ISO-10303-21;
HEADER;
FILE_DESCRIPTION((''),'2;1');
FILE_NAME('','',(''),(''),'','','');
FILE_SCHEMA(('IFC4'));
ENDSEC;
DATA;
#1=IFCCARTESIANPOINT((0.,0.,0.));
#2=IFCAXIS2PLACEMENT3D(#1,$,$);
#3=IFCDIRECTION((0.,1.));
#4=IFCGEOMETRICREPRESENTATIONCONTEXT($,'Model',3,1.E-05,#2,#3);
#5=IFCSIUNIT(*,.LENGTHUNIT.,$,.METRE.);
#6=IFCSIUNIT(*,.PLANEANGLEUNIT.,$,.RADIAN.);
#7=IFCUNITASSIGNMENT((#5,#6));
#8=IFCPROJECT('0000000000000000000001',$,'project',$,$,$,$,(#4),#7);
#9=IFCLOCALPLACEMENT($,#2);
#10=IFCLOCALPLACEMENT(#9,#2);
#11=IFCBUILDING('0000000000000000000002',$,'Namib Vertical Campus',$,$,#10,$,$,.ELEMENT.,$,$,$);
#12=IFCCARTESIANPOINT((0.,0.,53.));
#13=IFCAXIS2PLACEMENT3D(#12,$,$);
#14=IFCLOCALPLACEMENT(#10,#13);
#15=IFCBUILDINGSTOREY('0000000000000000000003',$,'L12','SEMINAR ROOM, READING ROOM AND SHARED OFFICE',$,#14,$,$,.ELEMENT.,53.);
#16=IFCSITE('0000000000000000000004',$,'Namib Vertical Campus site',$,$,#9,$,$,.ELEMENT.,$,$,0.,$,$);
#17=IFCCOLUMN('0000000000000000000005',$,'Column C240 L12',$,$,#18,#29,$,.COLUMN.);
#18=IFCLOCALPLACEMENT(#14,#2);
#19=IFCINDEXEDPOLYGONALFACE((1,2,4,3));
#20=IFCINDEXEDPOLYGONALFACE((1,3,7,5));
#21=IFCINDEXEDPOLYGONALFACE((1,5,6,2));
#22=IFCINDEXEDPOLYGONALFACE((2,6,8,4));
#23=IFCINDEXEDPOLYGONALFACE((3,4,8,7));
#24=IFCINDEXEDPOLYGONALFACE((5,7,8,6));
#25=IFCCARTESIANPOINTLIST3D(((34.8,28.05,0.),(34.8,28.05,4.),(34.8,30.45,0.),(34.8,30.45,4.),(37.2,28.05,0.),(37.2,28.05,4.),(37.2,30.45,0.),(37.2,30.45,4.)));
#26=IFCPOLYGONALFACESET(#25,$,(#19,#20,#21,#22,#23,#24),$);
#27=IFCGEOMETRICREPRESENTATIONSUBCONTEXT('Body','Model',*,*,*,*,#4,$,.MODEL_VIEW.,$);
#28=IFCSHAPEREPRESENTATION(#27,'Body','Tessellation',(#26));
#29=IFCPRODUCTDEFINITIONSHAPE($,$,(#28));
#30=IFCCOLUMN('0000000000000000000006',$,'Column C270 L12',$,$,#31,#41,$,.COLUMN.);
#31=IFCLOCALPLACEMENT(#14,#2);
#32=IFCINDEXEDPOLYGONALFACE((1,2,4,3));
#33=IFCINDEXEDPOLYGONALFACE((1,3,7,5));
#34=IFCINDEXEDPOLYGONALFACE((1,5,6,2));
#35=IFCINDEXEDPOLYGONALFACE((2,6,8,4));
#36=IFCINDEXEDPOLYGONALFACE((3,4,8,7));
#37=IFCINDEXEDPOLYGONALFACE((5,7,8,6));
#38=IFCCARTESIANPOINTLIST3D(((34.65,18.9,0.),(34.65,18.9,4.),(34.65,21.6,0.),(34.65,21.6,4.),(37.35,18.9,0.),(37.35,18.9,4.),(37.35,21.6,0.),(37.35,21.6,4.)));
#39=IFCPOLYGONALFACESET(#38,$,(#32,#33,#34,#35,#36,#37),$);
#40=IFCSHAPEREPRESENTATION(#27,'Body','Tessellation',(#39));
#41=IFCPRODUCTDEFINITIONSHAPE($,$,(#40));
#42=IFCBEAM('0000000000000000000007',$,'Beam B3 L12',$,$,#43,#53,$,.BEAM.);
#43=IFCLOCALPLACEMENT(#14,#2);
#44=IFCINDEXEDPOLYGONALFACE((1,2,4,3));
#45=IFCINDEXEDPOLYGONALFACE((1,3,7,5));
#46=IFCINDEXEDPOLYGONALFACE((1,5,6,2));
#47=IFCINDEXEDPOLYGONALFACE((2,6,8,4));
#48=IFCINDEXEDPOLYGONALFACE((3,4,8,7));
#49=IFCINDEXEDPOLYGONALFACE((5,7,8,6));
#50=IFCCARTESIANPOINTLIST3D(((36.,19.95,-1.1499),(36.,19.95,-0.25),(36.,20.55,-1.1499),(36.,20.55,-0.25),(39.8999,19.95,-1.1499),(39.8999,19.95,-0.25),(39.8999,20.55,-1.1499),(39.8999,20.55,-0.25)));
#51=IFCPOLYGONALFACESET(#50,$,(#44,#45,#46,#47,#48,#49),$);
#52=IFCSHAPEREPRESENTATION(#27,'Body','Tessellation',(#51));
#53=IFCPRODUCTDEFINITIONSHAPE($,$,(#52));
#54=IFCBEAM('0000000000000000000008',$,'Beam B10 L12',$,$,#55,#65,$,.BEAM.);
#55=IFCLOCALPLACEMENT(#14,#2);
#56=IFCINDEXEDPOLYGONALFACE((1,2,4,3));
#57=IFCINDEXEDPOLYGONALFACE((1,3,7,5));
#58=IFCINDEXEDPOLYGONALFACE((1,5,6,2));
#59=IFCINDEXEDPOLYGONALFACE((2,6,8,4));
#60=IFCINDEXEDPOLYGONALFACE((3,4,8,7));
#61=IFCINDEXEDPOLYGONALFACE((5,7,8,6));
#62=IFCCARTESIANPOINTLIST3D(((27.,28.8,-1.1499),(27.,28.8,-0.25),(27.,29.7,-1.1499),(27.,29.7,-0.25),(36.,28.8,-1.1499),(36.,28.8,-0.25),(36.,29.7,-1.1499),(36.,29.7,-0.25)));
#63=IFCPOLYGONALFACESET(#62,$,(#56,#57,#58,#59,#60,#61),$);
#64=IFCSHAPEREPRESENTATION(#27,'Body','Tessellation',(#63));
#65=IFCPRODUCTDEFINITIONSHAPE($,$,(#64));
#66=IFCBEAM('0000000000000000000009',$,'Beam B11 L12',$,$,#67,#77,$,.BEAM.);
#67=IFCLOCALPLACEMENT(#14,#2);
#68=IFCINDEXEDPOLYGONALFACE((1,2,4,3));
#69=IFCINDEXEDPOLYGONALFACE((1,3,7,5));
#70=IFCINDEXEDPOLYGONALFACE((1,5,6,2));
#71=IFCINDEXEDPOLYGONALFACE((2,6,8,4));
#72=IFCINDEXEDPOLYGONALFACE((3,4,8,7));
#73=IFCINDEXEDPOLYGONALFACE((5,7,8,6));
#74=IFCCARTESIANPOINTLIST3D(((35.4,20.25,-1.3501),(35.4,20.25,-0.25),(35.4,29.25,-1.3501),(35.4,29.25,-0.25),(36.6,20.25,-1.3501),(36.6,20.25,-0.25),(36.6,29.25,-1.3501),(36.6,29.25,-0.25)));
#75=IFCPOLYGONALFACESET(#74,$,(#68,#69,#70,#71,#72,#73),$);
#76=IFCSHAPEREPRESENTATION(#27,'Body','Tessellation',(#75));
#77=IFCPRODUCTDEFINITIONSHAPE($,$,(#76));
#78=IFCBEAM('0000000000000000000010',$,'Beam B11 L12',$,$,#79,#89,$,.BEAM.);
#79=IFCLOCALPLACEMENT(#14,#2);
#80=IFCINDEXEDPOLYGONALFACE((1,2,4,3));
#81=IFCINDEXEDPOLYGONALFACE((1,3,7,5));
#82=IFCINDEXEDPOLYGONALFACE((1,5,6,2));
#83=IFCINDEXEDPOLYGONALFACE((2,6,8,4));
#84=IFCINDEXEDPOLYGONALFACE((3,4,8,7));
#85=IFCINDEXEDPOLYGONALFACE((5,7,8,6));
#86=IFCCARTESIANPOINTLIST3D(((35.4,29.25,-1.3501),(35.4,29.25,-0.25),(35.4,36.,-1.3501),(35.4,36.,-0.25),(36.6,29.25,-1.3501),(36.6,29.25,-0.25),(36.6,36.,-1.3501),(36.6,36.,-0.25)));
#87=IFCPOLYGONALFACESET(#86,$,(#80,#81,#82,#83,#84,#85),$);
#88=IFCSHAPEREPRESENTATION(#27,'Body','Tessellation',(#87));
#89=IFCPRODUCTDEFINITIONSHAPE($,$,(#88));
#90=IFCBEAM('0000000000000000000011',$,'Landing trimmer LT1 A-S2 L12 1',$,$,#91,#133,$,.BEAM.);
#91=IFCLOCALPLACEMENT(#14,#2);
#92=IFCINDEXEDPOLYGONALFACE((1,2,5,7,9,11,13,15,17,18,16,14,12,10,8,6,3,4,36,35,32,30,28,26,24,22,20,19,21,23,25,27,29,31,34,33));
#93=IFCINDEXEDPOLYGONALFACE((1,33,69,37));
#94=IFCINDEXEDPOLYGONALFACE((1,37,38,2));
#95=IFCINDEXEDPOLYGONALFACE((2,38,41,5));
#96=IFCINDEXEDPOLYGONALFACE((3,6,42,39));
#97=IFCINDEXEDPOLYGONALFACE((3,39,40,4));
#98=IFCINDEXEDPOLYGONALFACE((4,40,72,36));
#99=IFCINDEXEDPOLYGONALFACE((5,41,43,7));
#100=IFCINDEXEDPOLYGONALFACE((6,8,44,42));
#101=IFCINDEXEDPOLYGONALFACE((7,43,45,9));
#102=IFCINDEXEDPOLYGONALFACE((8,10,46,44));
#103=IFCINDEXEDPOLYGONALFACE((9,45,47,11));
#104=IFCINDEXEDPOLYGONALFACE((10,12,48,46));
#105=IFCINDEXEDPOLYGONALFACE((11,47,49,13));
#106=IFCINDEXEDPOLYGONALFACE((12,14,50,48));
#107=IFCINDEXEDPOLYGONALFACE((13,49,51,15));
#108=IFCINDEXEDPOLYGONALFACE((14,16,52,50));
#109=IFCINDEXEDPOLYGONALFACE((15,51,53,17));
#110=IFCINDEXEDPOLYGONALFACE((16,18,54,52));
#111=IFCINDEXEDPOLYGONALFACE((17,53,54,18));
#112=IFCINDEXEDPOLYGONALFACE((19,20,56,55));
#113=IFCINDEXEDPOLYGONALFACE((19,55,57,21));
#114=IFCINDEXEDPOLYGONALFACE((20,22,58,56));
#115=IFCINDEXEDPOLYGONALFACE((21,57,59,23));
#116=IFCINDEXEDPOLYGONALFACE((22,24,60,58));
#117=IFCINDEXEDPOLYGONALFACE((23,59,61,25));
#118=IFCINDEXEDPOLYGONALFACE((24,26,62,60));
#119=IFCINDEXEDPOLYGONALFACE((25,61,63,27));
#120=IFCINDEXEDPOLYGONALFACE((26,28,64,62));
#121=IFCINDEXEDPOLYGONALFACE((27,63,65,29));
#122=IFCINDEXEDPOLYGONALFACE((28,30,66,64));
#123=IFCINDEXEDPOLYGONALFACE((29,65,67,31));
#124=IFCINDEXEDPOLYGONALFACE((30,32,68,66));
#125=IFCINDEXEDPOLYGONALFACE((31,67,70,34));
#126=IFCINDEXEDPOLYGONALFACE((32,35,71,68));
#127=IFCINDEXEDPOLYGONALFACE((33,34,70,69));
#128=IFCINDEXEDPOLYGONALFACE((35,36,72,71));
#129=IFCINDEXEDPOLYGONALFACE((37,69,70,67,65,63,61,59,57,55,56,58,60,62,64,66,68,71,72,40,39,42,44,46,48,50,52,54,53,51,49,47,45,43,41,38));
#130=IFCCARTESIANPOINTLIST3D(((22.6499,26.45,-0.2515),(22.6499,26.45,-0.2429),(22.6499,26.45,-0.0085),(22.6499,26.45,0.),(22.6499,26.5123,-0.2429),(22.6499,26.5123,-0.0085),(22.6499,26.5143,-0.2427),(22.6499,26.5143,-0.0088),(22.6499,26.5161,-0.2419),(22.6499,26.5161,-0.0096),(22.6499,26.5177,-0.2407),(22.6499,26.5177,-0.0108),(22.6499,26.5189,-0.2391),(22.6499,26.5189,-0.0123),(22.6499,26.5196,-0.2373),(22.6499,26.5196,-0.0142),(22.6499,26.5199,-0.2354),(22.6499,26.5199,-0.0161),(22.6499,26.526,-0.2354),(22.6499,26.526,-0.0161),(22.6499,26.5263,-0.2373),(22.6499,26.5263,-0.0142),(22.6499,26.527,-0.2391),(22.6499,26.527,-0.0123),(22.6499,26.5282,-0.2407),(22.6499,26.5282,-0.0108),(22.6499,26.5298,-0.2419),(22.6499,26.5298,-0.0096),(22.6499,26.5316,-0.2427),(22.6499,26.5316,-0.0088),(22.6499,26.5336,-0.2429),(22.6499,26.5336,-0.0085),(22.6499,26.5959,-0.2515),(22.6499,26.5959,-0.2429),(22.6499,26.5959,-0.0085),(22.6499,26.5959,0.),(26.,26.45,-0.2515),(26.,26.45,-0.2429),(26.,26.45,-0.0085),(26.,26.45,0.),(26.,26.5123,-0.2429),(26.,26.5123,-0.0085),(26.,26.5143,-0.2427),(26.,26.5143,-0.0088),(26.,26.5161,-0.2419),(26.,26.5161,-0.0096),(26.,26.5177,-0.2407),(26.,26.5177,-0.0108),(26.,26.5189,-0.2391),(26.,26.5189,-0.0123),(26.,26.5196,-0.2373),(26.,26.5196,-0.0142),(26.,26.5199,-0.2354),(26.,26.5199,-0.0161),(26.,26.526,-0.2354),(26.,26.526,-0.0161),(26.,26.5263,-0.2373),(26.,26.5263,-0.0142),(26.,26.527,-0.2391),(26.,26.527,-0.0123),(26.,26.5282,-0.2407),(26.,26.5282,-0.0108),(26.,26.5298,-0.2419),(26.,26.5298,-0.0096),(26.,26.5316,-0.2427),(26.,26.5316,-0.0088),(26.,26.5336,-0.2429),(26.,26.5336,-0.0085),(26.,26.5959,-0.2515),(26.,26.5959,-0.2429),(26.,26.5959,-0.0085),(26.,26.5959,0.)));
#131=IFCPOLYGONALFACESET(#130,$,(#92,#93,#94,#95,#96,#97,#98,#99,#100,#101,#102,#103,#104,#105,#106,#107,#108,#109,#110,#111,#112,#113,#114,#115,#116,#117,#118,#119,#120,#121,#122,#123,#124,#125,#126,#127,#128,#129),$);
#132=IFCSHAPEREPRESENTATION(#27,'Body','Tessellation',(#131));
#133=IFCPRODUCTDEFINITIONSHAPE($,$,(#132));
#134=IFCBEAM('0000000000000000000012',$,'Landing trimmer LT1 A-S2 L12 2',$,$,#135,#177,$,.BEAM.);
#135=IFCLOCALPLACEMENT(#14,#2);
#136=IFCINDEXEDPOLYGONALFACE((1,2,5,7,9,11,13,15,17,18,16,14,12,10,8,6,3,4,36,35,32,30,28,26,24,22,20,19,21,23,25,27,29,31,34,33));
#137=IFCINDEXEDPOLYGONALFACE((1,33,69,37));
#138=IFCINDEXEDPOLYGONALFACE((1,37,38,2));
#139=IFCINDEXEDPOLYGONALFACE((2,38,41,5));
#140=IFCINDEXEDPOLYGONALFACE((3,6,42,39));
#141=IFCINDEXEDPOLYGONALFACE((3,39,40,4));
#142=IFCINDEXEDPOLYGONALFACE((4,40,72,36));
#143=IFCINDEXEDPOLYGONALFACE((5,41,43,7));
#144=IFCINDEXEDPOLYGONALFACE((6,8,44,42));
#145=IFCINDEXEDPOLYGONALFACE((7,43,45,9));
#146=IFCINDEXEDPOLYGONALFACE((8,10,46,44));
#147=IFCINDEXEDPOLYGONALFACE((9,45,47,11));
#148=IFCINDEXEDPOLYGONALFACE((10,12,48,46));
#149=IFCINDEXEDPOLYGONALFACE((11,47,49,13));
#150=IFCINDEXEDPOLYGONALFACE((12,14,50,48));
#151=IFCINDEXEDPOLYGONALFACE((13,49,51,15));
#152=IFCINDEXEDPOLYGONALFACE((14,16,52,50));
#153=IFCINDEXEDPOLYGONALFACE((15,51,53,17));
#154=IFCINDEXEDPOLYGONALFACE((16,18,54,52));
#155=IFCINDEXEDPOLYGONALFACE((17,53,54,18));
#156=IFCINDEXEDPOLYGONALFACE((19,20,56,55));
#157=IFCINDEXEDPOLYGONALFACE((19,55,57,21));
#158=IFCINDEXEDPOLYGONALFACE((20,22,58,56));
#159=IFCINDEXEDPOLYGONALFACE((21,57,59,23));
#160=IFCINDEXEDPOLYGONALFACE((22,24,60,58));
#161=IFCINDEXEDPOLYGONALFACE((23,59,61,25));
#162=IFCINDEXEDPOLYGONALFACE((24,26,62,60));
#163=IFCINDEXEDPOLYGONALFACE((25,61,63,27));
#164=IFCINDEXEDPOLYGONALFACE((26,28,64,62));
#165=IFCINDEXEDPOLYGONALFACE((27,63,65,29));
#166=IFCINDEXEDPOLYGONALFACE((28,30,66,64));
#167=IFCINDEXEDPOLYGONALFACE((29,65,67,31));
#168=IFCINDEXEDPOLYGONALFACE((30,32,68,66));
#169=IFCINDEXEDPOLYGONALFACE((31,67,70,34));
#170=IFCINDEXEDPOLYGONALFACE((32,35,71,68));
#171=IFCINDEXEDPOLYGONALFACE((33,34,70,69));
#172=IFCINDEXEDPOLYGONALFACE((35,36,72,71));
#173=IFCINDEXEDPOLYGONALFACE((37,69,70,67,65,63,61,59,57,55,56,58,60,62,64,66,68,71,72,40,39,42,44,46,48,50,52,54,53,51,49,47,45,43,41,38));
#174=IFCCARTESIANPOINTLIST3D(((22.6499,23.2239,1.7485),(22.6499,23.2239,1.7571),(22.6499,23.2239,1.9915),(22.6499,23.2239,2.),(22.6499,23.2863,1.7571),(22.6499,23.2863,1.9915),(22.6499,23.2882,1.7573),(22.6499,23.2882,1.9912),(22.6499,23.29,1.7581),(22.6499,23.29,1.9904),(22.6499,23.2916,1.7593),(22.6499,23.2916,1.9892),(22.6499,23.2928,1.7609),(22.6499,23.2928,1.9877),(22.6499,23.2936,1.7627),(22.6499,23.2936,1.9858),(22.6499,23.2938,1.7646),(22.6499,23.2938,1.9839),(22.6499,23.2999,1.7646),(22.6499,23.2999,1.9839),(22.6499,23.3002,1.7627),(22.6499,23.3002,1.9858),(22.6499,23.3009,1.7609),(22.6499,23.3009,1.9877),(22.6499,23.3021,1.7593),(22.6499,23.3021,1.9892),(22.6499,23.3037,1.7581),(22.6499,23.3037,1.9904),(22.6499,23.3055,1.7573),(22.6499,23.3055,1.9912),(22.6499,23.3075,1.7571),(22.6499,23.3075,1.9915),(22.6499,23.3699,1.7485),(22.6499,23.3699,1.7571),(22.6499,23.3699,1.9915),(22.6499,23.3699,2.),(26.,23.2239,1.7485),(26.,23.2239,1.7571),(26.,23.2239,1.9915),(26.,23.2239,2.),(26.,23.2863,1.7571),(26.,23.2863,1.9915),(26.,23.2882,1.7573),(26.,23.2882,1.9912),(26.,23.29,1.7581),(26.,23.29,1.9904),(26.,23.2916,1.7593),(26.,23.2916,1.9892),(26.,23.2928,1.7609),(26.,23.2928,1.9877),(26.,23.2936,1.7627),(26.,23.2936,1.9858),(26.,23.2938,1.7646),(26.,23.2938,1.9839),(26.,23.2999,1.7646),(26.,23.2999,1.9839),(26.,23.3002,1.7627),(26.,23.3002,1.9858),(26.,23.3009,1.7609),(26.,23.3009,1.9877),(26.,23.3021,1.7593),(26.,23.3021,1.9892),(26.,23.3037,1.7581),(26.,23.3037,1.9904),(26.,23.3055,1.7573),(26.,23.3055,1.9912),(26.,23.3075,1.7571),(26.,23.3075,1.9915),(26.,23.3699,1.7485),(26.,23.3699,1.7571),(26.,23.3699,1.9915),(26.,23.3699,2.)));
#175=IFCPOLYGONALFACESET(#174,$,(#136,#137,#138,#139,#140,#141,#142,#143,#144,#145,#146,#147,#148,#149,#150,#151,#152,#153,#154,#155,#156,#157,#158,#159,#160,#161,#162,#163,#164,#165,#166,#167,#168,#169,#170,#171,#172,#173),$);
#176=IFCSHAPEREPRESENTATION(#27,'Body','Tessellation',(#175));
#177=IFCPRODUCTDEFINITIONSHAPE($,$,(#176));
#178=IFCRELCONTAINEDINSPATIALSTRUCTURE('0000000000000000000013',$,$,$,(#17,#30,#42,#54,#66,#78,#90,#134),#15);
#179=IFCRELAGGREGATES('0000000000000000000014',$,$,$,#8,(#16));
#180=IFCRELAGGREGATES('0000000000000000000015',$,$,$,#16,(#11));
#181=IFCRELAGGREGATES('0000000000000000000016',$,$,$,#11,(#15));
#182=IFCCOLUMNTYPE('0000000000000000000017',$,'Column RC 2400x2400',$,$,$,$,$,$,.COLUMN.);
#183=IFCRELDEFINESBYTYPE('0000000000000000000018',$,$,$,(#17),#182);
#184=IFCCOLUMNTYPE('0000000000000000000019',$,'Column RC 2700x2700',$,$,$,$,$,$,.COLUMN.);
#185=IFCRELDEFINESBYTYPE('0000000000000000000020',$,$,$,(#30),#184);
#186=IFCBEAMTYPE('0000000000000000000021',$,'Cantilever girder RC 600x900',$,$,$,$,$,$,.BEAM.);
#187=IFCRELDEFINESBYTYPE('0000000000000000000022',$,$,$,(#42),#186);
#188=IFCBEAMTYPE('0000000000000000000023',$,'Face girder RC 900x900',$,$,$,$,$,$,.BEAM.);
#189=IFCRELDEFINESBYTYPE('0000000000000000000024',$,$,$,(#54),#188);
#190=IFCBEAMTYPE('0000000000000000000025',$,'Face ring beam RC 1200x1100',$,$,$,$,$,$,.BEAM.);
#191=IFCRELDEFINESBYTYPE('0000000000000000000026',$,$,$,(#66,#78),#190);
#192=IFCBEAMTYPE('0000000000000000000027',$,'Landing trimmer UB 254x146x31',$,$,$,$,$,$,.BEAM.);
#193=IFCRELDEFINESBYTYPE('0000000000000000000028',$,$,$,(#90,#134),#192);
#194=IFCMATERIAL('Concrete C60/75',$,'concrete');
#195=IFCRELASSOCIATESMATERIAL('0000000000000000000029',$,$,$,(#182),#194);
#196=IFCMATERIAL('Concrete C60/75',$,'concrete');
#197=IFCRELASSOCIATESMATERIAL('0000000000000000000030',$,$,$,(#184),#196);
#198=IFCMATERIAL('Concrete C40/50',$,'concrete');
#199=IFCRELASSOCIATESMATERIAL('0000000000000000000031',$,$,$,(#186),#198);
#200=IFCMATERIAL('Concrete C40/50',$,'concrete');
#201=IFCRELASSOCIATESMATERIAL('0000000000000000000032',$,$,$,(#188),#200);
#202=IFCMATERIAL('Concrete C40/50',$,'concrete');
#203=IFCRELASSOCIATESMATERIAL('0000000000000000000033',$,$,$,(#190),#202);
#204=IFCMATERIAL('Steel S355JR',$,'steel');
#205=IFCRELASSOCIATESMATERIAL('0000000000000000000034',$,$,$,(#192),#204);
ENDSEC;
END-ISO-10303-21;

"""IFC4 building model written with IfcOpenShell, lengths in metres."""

from ifc_helpers import new_model, si_unit, direction, frame, origin, origin_2d, place, context, subcontext, project, spatial, rectangle, i_section, extrude, material, material_profile, profile_set, type_object, element, save


model = new_model("IFC4")

# Units and contexts
model_context = context("Model", 3, precision=1e-05, world=origin(), true_north=direction((0.0, 1.0)))
body_context = subcontext(model_context, "Body", "Model", "MODEL_VIEW")
ifc_project = project(units=[si_unit("LENGTHUNIT", "METRE"), si_unit("PLANEANGLEUNIT", "RADIAN")], contexts=[model_context])

# Site, building, storey
site_placement = place(None, origin())
site = spatial("IfcSite", under=ifc_project, at=site_placement, Name="Namib Vertical Campus site", CompositionType="ELEMENT", RefElevation=0.0)
building_placement = place(site_placement, origin())
building = spatial("IfcBuilding", under=site, at=building_placement, Name="Namib Vertical Campus", CompositionType="ELEMENT")
storey_placement = place(building_placement, frame((0.0, 0.0, 53.0)))
storey = spatial("IfcBuildingStorey", under=building, at=storey_placement, Name="L12", Description="SEMINAR ROOM, READING ROOM AND SHARED OFFICE", CompositionType="ELEMENT", Elevation=53.0)

# Columns
ifc_material_1 = material(Name="Concrete C60/75", Category="concrete")
ifc_material_profile_1 = material_profile(ifc_material_1, rectangle(XDim=2.3999, YDim=2.3999, at=origin_2d()))
ifc_profile_set_1 = profile_set([ifc_material_profile_1], Name="Concrete C60/75")
column_type_1 = type_object("IfcColumnType", Name="Column RC 2400x2400", PredefinedType="COLUMN", material=ifc_profile_set_1)
column_1_placement = place(storey_placement, frame((36.0, 29.25, 0.0), z_axis=(0.0, 0.0, 1.0), x_axis=(1.0, 0.0, 0.0)))
element("IfcColumn", 1, at=column_1_placement, inside=storey, type_object=column_type_1, Name="Column C240 L12", PredefinedType="COLUMN", context=body_context, shape_type="SweptSolid", body=[
    extrude(rectangle(XDim=2.3999, YDim=2.3999, at=origin_2d()), origin(), (0.0, 0.0, 1.0), 4.0),
])
ifc_material_2 = material(Name="Concrete C60/75", Category="concrete")
ifc_material_profile_2 = material_profile(ifc_material_2, rectangle(XDim=2.7, YDim=2.7, at=origin_2d()))
ifc_profile_set_2 = profile_set([ifc_material_profile_2], Name="Concrete C60/75")
column_type_2 = type_object("IfcColumnType", Name="Column RC 2700x2700", PredefinedType="COLUMN", material=ifc_profile_set_2)
column_2_placement = place(storey_placement, frame((36.0, 20.25, 0.0), z_axis=(0.0, 0.0, 1.0), x_axis=(1.0, 0.0, 0.0)))
element("IfcColumn", 2, at=column_2_placement, inside=storey, type_object=column_type_2, Name="Column C270 L12", PredefinedType="COLUMN", context=body_context, shape_type="SweptSolid", body=[
    extrude(rectangle(XDim=2.7, YDim=2.7, at=origin_2d()), origin(), (0.0, 0.0, 1.0), 4.0),
])

# Beams
ifc_material_3 = material(Name="Concrete C40/50", Category="concrete")
ifc_material_profile_3 = material_profile(ifc_material_3, rectangle(XDim=0.6001, YDim=0.8999, at=origin_2d()))
ifc_profile_set_3 = profile_set([ifc_material_profile_3], Name="Concrete C40/50")
beam_type_1 = type_object("IfcBeamType", Name="Cantilever girder RC 600x900", PredefinedType="BEAM", material=ifc_profile_set_3)
beam_1_placement = place(storey_placement, frame((36.0, 20.25, -0.7), z_axis=(1.0, 0.0, 0.0), x_axis=(0.0, 1.0, 0.0)))
element("IfcBeam", 3, at=beam_1_placement, inside=storey, type_object=beam_type_1, Name="Beam B3 L12", PredefinedType="BEAM", context=body_context, shape_type="SweptSolid", body=[
    extrude(rectangle(XDim=0.6001, YDim=0.8999, at=origin_2d()), origin(), (0.0, 0.0, 1.0), 3.8999),
])
ifc_material_4 = material(Name="Concrete C40/50", Category="concrete")
ifc_material_profile_4 = material_profile(ifc_material_4, rectangle(XDim=0.8999, YDim=0.8999, at=origin_2d()))
ifc_profile_set_4 = profile_set([ifc_material_profile_4], Name="Concrete C40/50")
beam_type_2 = type_object("IfcBeamType", Name="Face girder RC 900x900", PredefinedType="BEAM", material=ifc_profile_set_4)
beam_2_placement = place(storey_placement, frame((36.0, 29.25, -0.7), z_axis=(-1.0, 0.0, 0.0), x_axis=(0.0, -1.0, 0.0)))
element("IfcBeam", 4, at=beam_2_placement, inside=storey, type_object=beam_type_2, Name="Beam B10 L12", PredefinedType="BEAM", context=body_context, shape_type="SweptSolid", body=[
    extrude(rectangle(XDim=0.8999, YDim=0.8999, at=origin_2d()), origin(), (0.0, 0.0, 1.0), 9.0),
])
ifc_material_5 = material(Name="Concrete C40/50", Category="concrete")
ifc_material_profile_5 = material_profile(ifc_material_5, rectangle(XDim=1.2, YDim=1.1001, at=origin_2d()))
ifc_profile_set_5 = profile_set([ifc_material_profile_5], Name="Concrete C40/50")
beam_type_3 = type_object("IfcBeamType", Name="Face ring beam RC 1200x1100", PredefinedType="BEAM", material=ifc_profile_set_5)
beam_3_placement = place(storey_placement, frame((36.0, 20.25, -0.8), z_axis=(0.0, 1.0, 0.0), x_axis=(-1.0, 0.0, 0.0)))
element("IfcBeam", 5, at=beam_3_placement, inside=storey, type_object=beam_type_3, Name="Beam B11 L12", PredefinedType="BEAM", context=body_context, shape_type="SweptSolid", body=[
    extrude(rectangle(XDim=1.2, YDim=1.1001, at=origin_2d()), origin(), (0.0, 0.0, 1.0), 9.0),
])
beam_4_placement = place(storey_placement, frame((36.0, 29.25, -0.8), z_axis=(0.0, 1.0, 0.0), x_axis=(-1.0, 0.0, 0.0)))
element("IfcBeam", 6, at=beam_4_placement, inside=storey, type_object=beam_type_3, Name="Beam B11 L12", PredefinedType="BEAM", context=body_context, shape_type="SweptSolid", body=[
    extrude(rectangle(XDim=1.2, YDim=1.1001, at=origin_2d()), origin(), (0.0, 0.0, 1.0), 6.75),
])
ifc_material_6 = material(Name="Steel S355JR", Category="steel")
ifc_material_profile_6 = material_profile(ifc_material_6, i_section(OverallWidth=0.146, OverallDepth=0.2515, WebThickness=0.0061, FlangeThickness=0.0085, FilletRadius=0.0076, at=origin_2d()))
ifc_profile_set_6 = profile_set([ifc_material_profile_6], Name="Steel S355JR")
beam_type_4 = type_object("IfcBeamType", Name="Landing trimmer UB 254x146x31", PredefinedType="BEAM", material=ifc_profile_set_6)
for number, where, z_axis, x_axis, name in (
    (7, (22.6499, 26.5229, -0.1257), (1.0, 0.0, 0.0), (0.0, 1.0, 0.0), "Landing trimmer LT1 A-S2 L12 1"),
    (8, (22.6499, 23.2969, 1.8743), (1.0, 0.0, 0.0), (0.0, 1.0, 0.0), "Landing trimmer LT1 A-S2 L12 2"),
):
    element("IfcBeam", number, at=place(storey_placement, frame(where, z_axis=z_axis, x_axis=x_axis)), inside=storey, type_object=beam_type_4, Name=name, PredefinedType="BEAM", context=body_context, shape_type="SweptSolid", body=[
        extrude(i_section(OverallWidth=0.146, OverallDepth=0.2515, WebThickness=0.0061, FlangeThickness=0.0085, FilletRadius=0.0076, at=origin_2d()), origin(), (0.0, 0.0, 1.0), 3.3501),
    ])

save(model, "model.ifc")
